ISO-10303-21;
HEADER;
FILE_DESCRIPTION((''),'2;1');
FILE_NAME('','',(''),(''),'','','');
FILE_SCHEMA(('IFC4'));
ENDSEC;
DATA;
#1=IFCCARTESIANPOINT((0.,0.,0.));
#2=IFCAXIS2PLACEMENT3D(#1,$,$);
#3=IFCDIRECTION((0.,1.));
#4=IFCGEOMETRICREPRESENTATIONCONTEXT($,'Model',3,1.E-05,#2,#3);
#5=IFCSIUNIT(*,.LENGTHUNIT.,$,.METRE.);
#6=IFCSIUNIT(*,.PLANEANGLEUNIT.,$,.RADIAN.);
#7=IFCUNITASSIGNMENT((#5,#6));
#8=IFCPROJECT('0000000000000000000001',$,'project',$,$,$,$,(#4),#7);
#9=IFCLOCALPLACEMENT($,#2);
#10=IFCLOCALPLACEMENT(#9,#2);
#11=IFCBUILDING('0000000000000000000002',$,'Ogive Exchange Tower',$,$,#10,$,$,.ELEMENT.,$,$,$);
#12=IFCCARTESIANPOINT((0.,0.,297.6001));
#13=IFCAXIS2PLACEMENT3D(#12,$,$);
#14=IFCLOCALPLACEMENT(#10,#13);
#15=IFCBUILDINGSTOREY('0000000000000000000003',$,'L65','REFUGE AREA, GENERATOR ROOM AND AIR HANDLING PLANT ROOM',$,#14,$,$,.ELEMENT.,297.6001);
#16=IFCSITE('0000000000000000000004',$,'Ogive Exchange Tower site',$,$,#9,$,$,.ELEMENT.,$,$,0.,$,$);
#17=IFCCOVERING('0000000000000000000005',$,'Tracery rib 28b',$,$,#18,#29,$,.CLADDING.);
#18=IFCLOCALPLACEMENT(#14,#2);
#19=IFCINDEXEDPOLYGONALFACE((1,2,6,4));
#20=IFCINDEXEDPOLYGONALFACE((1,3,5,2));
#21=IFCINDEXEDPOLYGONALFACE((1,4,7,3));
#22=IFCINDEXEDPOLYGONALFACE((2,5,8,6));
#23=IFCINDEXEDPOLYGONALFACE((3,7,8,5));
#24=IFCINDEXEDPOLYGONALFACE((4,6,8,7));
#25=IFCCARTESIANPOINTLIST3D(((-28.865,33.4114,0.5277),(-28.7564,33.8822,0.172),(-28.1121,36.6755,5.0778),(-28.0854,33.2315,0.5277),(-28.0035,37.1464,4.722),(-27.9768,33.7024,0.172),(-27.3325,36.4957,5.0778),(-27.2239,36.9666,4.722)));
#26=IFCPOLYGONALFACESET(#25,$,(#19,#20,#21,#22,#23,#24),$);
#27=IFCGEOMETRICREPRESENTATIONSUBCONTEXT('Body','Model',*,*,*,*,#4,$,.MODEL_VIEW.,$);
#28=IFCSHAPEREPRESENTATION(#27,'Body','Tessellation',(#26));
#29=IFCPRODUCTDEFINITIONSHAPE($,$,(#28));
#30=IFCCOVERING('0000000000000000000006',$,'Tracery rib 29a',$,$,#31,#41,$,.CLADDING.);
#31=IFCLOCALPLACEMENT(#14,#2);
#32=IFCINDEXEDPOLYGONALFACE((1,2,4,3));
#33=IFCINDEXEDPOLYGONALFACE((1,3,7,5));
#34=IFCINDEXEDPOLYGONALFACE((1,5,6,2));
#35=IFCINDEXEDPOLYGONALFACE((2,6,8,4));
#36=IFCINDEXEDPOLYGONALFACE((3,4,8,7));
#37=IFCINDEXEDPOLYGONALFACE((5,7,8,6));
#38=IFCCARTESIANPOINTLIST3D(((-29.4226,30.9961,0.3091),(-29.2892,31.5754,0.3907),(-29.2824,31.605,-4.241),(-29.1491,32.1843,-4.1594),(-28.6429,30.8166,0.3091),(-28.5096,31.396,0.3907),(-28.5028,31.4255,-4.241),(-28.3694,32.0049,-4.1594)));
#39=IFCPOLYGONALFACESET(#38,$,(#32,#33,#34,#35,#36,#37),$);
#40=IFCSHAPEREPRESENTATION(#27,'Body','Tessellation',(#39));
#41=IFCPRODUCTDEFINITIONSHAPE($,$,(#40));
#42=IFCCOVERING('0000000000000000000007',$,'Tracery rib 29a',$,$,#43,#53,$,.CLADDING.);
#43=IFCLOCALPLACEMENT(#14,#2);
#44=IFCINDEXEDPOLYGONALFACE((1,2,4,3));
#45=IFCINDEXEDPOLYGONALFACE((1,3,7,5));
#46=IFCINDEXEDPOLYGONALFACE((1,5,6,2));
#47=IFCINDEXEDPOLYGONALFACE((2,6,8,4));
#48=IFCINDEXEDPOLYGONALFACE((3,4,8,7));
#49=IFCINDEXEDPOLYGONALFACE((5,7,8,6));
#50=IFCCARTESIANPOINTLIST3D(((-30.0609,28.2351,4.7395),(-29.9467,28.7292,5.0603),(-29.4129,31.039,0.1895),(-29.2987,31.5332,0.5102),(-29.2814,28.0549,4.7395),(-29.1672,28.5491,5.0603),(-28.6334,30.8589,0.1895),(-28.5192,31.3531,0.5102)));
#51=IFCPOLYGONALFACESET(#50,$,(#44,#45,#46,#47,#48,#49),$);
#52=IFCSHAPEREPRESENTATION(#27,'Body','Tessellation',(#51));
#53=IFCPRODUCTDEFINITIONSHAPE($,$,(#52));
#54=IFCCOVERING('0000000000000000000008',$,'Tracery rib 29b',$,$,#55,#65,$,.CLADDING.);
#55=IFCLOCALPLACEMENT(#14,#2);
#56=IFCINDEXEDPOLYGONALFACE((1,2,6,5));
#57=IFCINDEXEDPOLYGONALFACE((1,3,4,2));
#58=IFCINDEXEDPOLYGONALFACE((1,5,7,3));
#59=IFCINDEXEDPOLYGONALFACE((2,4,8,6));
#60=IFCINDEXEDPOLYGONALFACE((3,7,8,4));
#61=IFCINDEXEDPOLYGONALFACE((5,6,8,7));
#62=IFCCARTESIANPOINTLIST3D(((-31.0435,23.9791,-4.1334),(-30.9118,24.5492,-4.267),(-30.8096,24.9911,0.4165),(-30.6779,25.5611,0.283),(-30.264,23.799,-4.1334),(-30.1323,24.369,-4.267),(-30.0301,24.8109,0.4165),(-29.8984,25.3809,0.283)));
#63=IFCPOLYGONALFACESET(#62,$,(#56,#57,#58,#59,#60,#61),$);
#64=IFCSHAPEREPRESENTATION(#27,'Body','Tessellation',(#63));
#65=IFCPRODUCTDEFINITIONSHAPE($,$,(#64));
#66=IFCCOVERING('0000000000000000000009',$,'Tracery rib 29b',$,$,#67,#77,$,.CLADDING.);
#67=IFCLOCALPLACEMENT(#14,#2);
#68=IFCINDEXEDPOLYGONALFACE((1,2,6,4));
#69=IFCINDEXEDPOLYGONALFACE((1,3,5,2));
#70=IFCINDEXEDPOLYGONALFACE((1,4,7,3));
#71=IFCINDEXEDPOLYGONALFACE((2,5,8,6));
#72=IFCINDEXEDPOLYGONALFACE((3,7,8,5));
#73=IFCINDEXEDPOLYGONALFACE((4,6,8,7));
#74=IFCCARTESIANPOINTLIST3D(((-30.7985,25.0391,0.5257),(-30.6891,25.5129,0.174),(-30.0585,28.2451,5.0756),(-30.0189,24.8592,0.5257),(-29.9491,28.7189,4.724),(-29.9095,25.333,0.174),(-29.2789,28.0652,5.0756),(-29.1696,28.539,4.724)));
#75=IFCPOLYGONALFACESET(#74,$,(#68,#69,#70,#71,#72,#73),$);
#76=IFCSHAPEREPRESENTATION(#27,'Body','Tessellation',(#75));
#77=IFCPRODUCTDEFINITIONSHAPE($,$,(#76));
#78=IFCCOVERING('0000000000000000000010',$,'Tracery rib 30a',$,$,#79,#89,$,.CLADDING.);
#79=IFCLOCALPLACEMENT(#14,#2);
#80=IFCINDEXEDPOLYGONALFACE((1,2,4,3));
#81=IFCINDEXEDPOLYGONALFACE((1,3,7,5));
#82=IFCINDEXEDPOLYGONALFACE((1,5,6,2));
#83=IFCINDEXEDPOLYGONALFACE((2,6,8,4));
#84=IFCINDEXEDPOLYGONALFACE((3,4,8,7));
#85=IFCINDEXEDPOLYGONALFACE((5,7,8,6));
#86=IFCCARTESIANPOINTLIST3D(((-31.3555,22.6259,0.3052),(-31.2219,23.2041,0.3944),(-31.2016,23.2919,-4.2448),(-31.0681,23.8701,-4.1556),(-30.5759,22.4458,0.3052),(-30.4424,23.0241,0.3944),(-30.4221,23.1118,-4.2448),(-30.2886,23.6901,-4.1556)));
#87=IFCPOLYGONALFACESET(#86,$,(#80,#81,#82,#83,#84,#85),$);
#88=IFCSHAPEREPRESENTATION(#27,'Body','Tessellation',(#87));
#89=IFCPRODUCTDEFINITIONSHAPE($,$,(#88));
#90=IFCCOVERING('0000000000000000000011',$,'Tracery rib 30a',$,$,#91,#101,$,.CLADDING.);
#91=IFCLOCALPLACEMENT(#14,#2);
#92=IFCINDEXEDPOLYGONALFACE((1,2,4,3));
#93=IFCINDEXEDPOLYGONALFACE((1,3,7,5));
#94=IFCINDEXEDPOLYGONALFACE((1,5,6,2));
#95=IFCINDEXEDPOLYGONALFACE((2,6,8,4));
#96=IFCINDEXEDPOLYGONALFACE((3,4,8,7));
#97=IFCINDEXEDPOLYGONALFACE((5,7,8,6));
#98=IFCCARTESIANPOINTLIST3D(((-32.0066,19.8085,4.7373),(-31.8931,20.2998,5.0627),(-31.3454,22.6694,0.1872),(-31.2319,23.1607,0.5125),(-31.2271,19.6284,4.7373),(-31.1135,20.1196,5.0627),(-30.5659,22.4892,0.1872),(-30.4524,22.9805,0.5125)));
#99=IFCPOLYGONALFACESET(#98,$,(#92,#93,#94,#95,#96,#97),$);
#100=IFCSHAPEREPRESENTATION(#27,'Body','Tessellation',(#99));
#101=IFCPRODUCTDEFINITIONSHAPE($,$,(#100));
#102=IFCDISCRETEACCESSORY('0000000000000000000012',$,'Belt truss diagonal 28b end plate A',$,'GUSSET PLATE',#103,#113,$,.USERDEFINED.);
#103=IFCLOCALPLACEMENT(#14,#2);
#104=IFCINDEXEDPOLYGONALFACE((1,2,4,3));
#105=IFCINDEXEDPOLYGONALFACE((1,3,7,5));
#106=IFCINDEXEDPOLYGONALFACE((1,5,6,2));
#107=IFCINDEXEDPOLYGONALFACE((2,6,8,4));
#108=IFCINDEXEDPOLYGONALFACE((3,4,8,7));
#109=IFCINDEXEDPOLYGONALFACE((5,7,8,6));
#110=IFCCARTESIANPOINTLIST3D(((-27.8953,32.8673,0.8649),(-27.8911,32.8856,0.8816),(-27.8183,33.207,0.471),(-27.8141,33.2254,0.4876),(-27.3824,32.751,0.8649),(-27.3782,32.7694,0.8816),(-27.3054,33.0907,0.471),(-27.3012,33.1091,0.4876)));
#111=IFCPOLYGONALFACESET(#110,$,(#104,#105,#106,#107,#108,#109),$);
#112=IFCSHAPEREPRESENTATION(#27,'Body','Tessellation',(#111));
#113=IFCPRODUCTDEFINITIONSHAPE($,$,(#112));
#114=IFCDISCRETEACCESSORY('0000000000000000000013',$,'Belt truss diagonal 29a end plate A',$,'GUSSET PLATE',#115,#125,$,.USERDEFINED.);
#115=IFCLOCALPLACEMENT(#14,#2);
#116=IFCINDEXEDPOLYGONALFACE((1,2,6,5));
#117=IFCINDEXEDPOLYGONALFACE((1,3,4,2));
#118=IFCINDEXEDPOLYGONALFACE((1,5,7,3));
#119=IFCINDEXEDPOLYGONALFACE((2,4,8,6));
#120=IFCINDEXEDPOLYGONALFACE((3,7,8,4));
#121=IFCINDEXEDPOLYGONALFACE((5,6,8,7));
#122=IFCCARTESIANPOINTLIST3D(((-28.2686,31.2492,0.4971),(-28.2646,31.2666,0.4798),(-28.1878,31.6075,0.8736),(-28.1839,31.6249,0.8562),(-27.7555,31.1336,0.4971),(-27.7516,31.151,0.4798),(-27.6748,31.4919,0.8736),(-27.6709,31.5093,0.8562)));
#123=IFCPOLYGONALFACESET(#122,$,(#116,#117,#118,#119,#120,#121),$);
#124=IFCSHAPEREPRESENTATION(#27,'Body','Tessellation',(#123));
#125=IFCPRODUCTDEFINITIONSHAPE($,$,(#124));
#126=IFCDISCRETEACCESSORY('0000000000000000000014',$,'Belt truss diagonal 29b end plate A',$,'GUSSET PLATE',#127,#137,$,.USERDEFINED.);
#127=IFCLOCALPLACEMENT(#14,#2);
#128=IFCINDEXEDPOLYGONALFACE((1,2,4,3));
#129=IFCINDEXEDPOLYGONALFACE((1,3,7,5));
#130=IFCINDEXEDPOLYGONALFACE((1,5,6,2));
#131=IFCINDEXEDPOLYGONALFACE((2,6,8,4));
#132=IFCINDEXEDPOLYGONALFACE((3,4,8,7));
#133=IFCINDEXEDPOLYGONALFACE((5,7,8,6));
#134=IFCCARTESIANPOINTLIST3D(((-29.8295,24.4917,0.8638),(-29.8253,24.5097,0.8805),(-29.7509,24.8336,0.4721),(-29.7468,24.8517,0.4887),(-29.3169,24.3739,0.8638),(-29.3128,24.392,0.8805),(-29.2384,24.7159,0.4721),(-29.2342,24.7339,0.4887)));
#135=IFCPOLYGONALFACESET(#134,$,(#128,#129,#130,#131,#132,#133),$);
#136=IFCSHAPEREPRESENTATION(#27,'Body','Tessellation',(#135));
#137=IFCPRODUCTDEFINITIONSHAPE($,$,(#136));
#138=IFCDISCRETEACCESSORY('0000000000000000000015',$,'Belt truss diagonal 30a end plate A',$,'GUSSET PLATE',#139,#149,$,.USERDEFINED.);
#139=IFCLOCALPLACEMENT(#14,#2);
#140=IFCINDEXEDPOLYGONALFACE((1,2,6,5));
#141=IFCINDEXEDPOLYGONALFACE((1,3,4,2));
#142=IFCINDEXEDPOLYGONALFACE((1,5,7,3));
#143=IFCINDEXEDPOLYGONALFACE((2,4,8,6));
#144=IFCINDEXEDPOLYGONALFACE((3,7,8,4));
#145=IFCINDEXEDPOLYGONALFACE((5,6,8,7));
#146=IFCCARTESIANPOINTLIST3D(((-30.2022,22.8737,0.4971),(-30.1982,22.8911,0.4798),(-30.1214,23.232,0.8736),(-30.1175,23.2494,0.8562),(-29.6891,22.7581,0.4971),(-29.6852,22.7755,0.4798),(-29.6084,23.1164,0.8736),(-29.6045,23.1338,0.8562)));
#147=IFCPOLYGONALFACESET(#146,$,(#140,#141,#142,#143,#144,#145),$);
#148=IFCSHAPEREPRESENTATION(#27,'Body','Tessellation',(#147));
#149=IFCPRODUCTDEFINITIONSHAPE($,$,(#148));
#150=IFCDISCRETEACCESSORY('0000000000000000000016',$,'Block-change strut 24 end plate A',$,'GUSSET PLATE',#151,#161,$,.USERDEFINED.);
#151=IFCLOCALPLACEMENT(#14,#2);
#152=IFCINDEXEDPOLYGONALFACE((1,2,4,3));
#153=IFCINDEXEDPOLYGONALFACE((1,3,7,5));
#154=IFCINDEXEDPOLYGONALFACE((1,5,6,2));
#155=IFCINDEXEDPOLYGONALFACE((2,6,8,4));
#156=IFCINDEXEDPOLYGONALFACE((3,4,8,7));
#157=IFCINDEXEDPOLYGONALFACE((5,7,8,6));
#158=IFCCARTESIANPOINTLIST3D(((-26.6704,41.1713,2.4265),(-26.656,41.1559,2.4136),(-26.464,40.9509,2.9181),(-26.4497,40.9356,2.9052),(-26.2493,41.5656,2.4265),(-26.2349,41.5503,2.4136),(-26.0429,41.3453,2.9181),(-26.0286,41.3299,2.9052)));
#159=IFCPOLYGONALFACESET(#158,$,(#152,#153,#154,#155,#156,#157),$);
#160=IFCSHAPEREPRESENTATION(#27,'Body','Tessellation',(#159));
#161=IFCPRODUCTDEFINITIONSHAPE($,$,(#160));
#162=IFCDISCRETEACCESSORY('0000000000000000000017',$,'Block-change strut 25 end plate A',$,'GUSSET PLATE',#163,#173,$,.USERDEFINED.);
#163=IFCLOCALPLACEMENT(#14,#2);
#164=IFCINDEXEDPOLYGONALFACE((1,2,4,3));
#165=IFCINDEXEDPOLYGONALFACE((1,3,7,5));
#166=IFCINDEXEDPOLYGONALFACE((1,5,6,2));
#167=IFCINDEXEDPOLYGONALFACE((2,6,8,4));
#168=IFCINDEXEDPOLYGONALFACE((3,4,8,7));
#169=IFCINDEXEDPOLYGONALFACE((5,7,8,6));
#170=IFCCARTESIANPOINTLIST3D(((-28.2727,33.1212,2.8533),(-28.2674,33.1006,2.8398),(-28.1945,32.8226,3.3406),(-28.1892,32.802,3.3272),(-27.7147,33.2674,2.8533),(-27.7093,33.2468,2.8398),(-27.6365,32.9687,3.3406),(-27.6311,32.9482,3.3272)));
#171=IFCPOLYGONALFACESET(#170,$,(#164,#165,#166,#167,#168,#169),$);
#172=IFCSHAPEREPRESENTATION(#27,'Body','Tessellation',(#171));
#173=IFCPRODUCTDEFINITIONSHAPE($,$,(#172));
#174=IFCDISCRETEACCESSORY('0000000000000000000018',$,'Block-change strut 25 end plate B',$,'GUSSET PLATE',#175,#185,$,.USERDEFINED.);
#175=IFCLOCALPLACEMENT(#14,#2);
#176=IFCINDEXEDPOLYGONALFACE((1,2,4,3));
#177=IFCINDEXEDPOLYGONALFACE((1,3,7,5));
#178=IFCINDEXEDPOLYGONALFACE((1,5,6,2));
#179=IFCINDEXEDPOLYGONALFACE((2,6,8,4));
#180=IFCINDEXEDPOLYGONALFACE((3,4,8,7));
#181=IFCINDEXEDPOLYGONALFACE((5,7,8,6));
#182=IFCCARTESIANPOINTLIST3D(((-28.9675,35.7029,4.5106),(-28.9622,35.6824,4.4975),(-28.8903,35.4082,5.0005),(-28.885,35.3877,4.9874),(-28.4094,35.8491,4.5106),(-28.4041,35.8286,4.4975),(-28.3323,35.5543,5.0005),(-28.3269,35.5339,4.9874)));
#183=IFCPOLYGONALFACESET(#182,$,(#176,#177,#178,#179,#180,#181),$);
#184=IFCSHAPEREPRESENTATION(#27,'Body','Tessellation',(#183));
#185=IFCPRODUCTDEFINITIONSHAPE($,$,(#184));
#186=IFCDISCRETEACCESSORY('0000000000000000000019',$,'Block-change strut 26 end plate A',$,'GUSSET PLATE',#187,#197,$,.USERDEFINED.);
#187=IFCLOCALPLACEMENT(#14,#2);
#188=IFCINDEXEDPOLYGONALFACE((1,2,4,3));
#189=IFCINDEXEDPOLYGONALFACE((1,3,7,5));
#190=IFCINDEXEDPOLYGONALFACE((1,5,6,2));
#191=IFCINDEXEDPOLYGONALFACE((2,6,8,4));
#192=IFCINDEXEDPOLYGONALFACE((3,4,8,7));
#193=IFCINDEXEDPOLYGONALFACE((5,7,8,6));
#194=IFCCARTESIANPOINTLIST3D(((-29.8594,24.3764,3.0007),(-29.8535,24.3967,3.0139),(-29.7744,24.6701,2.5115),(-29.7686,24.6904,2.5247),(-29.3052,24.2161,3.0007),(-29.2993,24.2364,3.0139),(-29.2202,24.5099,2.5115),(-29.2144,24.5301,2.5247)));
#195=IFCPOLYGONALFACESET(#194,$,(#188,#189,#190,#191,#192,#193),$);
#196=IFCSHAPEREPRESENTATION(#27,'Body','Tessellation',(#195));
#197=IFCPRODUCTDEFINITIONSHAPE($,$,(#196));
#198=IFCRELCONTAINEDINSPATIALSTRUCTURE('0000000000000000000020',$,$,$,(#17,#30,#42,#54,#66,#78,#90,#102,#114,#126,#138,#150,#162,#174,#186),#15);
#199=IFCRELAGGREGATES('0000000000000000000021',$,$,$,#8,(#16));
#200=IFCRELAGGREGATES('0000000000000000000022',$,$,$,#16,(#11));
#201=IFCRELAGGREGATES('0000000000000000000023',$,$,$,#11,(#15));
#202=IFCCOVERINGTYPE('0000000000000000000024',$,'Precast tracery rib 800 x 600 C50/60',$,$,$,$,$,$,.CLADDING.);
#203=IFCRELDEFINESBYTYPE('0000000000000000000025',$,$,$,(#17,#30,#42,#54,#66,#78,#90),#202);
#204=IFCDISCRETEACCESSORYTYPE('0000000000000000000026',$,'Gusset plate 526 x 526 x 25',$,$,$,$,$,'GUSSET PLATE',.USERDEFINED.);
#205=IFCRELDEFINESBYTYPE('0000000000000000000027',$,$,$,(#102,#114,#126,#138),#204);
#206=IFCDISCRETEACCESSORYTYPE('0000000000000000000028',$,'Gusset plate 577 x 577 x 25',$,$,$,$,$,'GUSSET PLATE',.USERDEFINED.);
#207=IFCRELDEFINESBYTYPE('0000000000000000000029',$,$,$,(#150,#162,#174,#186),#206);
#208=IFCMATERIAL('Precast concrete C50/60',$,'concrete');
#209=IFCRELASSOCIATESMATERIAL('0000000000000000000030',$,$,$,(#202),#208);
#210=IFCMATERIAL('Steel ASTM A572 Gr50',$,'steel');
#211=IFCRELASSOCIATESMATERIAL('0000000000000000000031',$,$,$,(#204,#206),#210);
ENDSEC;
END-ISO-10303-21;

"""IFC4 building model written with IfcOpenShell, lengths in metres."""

from ifc_helpers import new_model, si_unit, direction, frame, origin, origin_2d, place, context, subcontext, project, spatial, rectangle, extrude, material, material_profile, profile_set, type_object, element, save


model = new_model("IFC4")

# Units and contexts
model_context = context("Model", 3, precision=1e-05, world=origin(), true_north=direction((0.0, 1.0)))
body_context = subcontext(model_context, "Body", "Model", "MODEL_VIEW")
ifc_project = project(units=[si_unit("LENGTHUNIT", "METRE"), si_unit("PLANEANGLEUNIT", "RADIAN")], contexts=[model_context])

# Site, building, storey
site_placement = place(None, origin())
site = spatial("IfcSite", under=ifc_project, at=site_placement, Name="Ogive Exchange Tower site", CompositionType="ELEMENT", RefElevation=0.0)
building_placement = place(site_placement, origin())
building = spatial("IfcBuilding", under=site, at=building_placement, Name="Ogive Exchange Tower", CompositionType="ELEMENT")
storey_placement = place(building_placement, frame((0.0, 0.0, 297.6001)))
storey = spatial("IfcBuildingStorey", under=building, at=storey_placement, Name="L65", Description="REFUGE AREA, GENERATOR ROOM AND AIR HANDLING PLANT ROOM", CompositionType="ELEMENT", Elevation=297.6001)

# Coverings
ifc_material_1 = material(Name="Precast concrete C50/60", Category="concrete")
ifc_material_profile_1 = material_profile(ifc_material_1, rectangle(XDim=0.8, YDim=0.6001, at=origin_2d()), Name="RIB 800 x 600")
ifc_profile_set_1 = profile_set([ifc_material_profile_1], Name="Precast concrete C50/60")
covering_type = type_object("IfcCoveringType", Name="Precast tracery rib 800 x 600 C50/60", PredefinedType="CLADDING", material=ifc_profile_set_1)
covering_1_placement = place(storey_placement, frame((-28.4209, 33.5569, 0.3499), z_axis=(0.133258, 0.577709, 0.805292), x_axis=(-0.974413, 0.224764, 0.0)))
element("IfcCovering", 1, at=covering_1_placement, inside=storey, type_object=covering_type, Name="Tracery rib 28b", PredefinedType="CLADDING", context=body_context, shape_type="SweptSolid", body=[
    extrude(rectangle(XDim=0.8, YDim=0.6001, at=origin_2d()), origin(), (0.0, 0.0, 1.0), 5.6501),
])
covering_2_placement = place(storey_placement, frame((-28.8259, 31.8049, -4.2002), z_axis=(-0.030513, -0.132576, 0.990703), x_axis=(0.974523, -0.224289, 0.0)))
element("IfcCovering", 2, at=covering_2_placement, inside=storey, type_object=covering_type, Name="Tracery rib 29a", PredefinedType="CLADDING", context=body_context, shape_type="SweptSolid", body=[
    extrude(rectangle(XDim=0.8, YDim=0.6001, at=origin_2d()), origin(), (0.0, 0.0, 1.0), 4.5928),
])
covering_3_placement = place(storey_placement, frame((-28.9661, 31.196, 0.3499), z_axis=(-0.120352, -0.520817, 0.845142), x_axis=(0.974324, -0.225151, 0.0)))
element("IfcCovering", 3, at=covering_3_placement, inside=storey, type_object=covering_type, Name="Tracery rib 29a", PredefinedType="CLADDING", context=body_context, shape_type="SweptSolid", body=[
    extrude(rectangle(XDim=0.8, YDim=0.6001, at=origin_2d()), origin(), (0.0, 0.0, 1.0), 5.3838),
])
covering_4_placement = place(storey_placement, frame((-30.5879, 24.1741, -4.2002), z_axis=(0.050114, 0.21683, 0.974922), x_axis=(-0.974316, 0.225186, 0.0)))
element("IfcCovering", 4, at=covering_4_placement, inside=storey, type_object=covering_type, Name="Tracery rib 29b", PredefinedType="CLADDING", context=body_context, shape_type="SweptSolid", body=[
    extrude(rectangle(XDim=0.8, YDim=0.6001, at=origin_2d()), origin(), (0.0, 0.0, 1.0), 4.667),
])
covering_5_placement = place(storey_placement, frame((-30.354, 25.186, 0.3499), z_axis=(0.131786, 0.57097, 0.810324), x_axis=(-0.974382, 0.224897, 0.0)))
element("IfcCovering", 5, at=covering_5_placement, inside=storey, type_object=covering_type, Name="Tracery rib 29b", PredefinedType="CLADDING", context=body_context, shape_type="SweptSolid", body=[
    extrude(rectangle(XDim=0.8, YDim=0.6001, at=origin_2d()), origin(), (0.0, 0.0, 1.0), 5.615),
])
covering_6_placement = place(storey_placement, frame((-30.7451, 23.491, -4.2002), z_axis=(-0.033429, -0.144751, 0.988903), x_axis=(0.974355, -0.225016, 0.0)))
element("IfcCovering", 6, at=covering_6_placement, inside=storey, type_object=covering_type, Name="Tracery rib 30a", PredefinedType="CLADDING", context=body_context, shape_type="SweptSolid", body=[
    extrude(rectangle(XDim=0.8, YDim=0.6001, at=origin_2d()), origin(), (0.0, 0.0, 1.0), 4.6011),
])
covering_7_placement = place(storey_placement, frame((-30.8989, 22.825, 0.3499), z_axis=(-0.122088, -0.528298, 0.840236), x_axis=(0.974321, -0.225163, 0.0)))
element("IfcCovering", 7, at=covering_7_placement, inside=storey, type_object=covering_type, Name="Tracery rib 30a", PredefinedType="CLADDING", context=body_context, shape_type="SweptSolid", body=[
    extrude(rectangle(XDim=0.8, YDim=0.6001, at=origin_2d()), origin(), (0.0, 0.0, 1.0), 5.4153),
])

# Discrete accessories
ifc_material_2 = material(Name="Steel ASTM A572 Gr50", Category="steel")
ifc_material_profile_2 = material_profile(ifc_material_2, rectangle(XDim=0.5259, YDim=0.5259, at=origin_2d()), Name="PL 526 x 526 x 25")
ifc_profile_set_2 = profile_set([ifc_material_profile_2], Name="Steel ASTM A572 Gr50")
discrete_accessory_type_1 = type_object("IfcDiscreteAccessoryType", Name="Gusset plate 526 x 526 x 25", ElementType="GUSSET PLATE", PredefinedType="USERDEFINED", material=ifc_profile_set_2)
discrete_accessory_1_placement = place(storey_placement, frame((-27.6003, 32.979, 0.668), z_axis=(0.165604, 0.730604, 0.662414), x_axis=(-0.97526, 0.221059, 0.0)))
element("IfcDiscreteAccessory", 8, at=discrete_accessory_1_placement, inside=storey, type_object=discrete_accessory_type_1, Name="Belt truss diagonal 28b end plate A", ObjectType="GUSSET PLATE", PredefinedType="USERDEFINED", context=body_context, shape_type="SweptSolid", body=[
    extrude(rectangle(XDim=0.5259, YDim=0.5259, at=origin_2d()), origin(), (0.0, 0.0, 1.0), 0.0251),
])
for number, where, z_axis, x_axis, name in (
    (9, (-27.9678, 31.3879, 0.668), (-0.157363, -0.698297, 0.698297), (0.975536, -0.219839, 0.0), "Belt truss diagonal 29a end plate A"),
    (10, (-29.5339, 24.6038, 0.668), (0.166787, 0.726014, 0.667148), (-0.974613, 0.223898, 0.0), "Belt truss diagonal 29b end plate A"),
    (11, (-29.9014, 23.0125, 0.668), (-0.157363, -0.698297, 0.698297), (0.975536, -0.219839, 0.0), "Belt truss diagonal 30a end plate A"),
):
    element("IfcDiscreteAccessory", number, at=place(storey_placement, frame(where, z_axis=z_axis, x_axis=x_axis)), inside=storey, type_object=discrete_accessory_type_1, Name=name, ObjectType="GUSSET PLATE", PredefinedType="USERDEFINED", context=body_context, shape_type="SweptSolid", body=[
        extrude(rectangle(XDim=0.5259, YDim=0.5259, at=origin_2d()), origin(), (0.0, 0.0, 1.0), 0.0249),
    ])
ifc_material_profile_3 = material_profile(ifc_material_2, rectangle(XDim=0.5769, YDim=0.5769, at=origin_2d()), Name="PL 577 x 577 x 25")
ifc_profile_set_3 = profile_set([ifc_material_profile_3], Name="Steel ASTM A572 Gr50")
discrete_accessory_type_2 = type_object("IfcDiscreteAccessoryType", Name="Gusset plate 577 x 577 x 25", ElementType="GUSSET PLATE", PredefinedType="USERDEFINED", material=ifc_profile_set_3)
discrete_accessory_2_placement = place(storey_placement, frame((-26.3423, 41.2429, 2.6594), z_axis=(-0.582505, 0.621997, 0.523267), x_axis=(-0.729898, -0.683556, 0.0)))
element("IfcDiscreteAccessory", 12, at=discrete_accessory_2_placement, inside=storey, type_object=discrete_accessory_type_2, Name="Block-change strut 24 end plate A", ObjectType="GUSSET PLATE", PredefinedType="USERDEFINED", context=body_context, shape_type="SweptSolid", body=[
    extrude(rectangle(XDim=0.5769, YDim=0.5769, at=origin_2d()), origin(), (0.0, 0.0, 1.0), 0.0247),
])
discrete_accessory_3_placement = place(storey_placement, frame((-27.9492, 33.0244, 3.0835), z_axis=(-0.214037, 0.81723, 0.535091), x_axis=(-0.967372, -0.253359, 0.0)))
element("IfcDiscreteAccessory", 13, at=discrete_accessory_3_placement, inside=storey, type_object=discrete_accessory_type_2, Name="Block-change strut 25 end plate A", ObjectType="GUSSET PLATE", PredefinedType="USERDEFINED", context=body_context, shape_type="SweptSolid", body=[
    extrude(rectangle(XDim=0.5769, YDim=0.5769, at=origin_2d()), origin(), (0.0, 0.0, 1.0), 0.0251),
])
for number, where, z_axis, x_axis, name in (
    (14, (-28.6445, 35.6082, 4.7424), (-0.215149, 0.821479, 0.528094), (-0.967372, -0.253359, 0.0), "Block-change strut 25 end plate B"),
    (15, (-29.5398, 24.4431, 2.7561), (0.235555, 0.814626, 0.529998), (-0.960646, 0.277777, 0.0), "Block-change strut 26 end plate A"),
):
    element("IfcDiscreteAccessory", number, at=place(storey_placement, frame(where, z_axis=z_axis, x_axis=x_axis)), inside=storey, type_object=discrete_accessory_type_2, Name=name, ObjectType="GUSSET PLATE", PredefinedType="USERDEFINED", context=body_context, shape_type="SweptSolid", body=[
        extrude(rectangle(XDim=0.5769, YDim=0.5769, at=origin_2d()), origin(), (0.0, 0.0, 1.0), 0.0249),
    ])

save(model, "model.ifc")
